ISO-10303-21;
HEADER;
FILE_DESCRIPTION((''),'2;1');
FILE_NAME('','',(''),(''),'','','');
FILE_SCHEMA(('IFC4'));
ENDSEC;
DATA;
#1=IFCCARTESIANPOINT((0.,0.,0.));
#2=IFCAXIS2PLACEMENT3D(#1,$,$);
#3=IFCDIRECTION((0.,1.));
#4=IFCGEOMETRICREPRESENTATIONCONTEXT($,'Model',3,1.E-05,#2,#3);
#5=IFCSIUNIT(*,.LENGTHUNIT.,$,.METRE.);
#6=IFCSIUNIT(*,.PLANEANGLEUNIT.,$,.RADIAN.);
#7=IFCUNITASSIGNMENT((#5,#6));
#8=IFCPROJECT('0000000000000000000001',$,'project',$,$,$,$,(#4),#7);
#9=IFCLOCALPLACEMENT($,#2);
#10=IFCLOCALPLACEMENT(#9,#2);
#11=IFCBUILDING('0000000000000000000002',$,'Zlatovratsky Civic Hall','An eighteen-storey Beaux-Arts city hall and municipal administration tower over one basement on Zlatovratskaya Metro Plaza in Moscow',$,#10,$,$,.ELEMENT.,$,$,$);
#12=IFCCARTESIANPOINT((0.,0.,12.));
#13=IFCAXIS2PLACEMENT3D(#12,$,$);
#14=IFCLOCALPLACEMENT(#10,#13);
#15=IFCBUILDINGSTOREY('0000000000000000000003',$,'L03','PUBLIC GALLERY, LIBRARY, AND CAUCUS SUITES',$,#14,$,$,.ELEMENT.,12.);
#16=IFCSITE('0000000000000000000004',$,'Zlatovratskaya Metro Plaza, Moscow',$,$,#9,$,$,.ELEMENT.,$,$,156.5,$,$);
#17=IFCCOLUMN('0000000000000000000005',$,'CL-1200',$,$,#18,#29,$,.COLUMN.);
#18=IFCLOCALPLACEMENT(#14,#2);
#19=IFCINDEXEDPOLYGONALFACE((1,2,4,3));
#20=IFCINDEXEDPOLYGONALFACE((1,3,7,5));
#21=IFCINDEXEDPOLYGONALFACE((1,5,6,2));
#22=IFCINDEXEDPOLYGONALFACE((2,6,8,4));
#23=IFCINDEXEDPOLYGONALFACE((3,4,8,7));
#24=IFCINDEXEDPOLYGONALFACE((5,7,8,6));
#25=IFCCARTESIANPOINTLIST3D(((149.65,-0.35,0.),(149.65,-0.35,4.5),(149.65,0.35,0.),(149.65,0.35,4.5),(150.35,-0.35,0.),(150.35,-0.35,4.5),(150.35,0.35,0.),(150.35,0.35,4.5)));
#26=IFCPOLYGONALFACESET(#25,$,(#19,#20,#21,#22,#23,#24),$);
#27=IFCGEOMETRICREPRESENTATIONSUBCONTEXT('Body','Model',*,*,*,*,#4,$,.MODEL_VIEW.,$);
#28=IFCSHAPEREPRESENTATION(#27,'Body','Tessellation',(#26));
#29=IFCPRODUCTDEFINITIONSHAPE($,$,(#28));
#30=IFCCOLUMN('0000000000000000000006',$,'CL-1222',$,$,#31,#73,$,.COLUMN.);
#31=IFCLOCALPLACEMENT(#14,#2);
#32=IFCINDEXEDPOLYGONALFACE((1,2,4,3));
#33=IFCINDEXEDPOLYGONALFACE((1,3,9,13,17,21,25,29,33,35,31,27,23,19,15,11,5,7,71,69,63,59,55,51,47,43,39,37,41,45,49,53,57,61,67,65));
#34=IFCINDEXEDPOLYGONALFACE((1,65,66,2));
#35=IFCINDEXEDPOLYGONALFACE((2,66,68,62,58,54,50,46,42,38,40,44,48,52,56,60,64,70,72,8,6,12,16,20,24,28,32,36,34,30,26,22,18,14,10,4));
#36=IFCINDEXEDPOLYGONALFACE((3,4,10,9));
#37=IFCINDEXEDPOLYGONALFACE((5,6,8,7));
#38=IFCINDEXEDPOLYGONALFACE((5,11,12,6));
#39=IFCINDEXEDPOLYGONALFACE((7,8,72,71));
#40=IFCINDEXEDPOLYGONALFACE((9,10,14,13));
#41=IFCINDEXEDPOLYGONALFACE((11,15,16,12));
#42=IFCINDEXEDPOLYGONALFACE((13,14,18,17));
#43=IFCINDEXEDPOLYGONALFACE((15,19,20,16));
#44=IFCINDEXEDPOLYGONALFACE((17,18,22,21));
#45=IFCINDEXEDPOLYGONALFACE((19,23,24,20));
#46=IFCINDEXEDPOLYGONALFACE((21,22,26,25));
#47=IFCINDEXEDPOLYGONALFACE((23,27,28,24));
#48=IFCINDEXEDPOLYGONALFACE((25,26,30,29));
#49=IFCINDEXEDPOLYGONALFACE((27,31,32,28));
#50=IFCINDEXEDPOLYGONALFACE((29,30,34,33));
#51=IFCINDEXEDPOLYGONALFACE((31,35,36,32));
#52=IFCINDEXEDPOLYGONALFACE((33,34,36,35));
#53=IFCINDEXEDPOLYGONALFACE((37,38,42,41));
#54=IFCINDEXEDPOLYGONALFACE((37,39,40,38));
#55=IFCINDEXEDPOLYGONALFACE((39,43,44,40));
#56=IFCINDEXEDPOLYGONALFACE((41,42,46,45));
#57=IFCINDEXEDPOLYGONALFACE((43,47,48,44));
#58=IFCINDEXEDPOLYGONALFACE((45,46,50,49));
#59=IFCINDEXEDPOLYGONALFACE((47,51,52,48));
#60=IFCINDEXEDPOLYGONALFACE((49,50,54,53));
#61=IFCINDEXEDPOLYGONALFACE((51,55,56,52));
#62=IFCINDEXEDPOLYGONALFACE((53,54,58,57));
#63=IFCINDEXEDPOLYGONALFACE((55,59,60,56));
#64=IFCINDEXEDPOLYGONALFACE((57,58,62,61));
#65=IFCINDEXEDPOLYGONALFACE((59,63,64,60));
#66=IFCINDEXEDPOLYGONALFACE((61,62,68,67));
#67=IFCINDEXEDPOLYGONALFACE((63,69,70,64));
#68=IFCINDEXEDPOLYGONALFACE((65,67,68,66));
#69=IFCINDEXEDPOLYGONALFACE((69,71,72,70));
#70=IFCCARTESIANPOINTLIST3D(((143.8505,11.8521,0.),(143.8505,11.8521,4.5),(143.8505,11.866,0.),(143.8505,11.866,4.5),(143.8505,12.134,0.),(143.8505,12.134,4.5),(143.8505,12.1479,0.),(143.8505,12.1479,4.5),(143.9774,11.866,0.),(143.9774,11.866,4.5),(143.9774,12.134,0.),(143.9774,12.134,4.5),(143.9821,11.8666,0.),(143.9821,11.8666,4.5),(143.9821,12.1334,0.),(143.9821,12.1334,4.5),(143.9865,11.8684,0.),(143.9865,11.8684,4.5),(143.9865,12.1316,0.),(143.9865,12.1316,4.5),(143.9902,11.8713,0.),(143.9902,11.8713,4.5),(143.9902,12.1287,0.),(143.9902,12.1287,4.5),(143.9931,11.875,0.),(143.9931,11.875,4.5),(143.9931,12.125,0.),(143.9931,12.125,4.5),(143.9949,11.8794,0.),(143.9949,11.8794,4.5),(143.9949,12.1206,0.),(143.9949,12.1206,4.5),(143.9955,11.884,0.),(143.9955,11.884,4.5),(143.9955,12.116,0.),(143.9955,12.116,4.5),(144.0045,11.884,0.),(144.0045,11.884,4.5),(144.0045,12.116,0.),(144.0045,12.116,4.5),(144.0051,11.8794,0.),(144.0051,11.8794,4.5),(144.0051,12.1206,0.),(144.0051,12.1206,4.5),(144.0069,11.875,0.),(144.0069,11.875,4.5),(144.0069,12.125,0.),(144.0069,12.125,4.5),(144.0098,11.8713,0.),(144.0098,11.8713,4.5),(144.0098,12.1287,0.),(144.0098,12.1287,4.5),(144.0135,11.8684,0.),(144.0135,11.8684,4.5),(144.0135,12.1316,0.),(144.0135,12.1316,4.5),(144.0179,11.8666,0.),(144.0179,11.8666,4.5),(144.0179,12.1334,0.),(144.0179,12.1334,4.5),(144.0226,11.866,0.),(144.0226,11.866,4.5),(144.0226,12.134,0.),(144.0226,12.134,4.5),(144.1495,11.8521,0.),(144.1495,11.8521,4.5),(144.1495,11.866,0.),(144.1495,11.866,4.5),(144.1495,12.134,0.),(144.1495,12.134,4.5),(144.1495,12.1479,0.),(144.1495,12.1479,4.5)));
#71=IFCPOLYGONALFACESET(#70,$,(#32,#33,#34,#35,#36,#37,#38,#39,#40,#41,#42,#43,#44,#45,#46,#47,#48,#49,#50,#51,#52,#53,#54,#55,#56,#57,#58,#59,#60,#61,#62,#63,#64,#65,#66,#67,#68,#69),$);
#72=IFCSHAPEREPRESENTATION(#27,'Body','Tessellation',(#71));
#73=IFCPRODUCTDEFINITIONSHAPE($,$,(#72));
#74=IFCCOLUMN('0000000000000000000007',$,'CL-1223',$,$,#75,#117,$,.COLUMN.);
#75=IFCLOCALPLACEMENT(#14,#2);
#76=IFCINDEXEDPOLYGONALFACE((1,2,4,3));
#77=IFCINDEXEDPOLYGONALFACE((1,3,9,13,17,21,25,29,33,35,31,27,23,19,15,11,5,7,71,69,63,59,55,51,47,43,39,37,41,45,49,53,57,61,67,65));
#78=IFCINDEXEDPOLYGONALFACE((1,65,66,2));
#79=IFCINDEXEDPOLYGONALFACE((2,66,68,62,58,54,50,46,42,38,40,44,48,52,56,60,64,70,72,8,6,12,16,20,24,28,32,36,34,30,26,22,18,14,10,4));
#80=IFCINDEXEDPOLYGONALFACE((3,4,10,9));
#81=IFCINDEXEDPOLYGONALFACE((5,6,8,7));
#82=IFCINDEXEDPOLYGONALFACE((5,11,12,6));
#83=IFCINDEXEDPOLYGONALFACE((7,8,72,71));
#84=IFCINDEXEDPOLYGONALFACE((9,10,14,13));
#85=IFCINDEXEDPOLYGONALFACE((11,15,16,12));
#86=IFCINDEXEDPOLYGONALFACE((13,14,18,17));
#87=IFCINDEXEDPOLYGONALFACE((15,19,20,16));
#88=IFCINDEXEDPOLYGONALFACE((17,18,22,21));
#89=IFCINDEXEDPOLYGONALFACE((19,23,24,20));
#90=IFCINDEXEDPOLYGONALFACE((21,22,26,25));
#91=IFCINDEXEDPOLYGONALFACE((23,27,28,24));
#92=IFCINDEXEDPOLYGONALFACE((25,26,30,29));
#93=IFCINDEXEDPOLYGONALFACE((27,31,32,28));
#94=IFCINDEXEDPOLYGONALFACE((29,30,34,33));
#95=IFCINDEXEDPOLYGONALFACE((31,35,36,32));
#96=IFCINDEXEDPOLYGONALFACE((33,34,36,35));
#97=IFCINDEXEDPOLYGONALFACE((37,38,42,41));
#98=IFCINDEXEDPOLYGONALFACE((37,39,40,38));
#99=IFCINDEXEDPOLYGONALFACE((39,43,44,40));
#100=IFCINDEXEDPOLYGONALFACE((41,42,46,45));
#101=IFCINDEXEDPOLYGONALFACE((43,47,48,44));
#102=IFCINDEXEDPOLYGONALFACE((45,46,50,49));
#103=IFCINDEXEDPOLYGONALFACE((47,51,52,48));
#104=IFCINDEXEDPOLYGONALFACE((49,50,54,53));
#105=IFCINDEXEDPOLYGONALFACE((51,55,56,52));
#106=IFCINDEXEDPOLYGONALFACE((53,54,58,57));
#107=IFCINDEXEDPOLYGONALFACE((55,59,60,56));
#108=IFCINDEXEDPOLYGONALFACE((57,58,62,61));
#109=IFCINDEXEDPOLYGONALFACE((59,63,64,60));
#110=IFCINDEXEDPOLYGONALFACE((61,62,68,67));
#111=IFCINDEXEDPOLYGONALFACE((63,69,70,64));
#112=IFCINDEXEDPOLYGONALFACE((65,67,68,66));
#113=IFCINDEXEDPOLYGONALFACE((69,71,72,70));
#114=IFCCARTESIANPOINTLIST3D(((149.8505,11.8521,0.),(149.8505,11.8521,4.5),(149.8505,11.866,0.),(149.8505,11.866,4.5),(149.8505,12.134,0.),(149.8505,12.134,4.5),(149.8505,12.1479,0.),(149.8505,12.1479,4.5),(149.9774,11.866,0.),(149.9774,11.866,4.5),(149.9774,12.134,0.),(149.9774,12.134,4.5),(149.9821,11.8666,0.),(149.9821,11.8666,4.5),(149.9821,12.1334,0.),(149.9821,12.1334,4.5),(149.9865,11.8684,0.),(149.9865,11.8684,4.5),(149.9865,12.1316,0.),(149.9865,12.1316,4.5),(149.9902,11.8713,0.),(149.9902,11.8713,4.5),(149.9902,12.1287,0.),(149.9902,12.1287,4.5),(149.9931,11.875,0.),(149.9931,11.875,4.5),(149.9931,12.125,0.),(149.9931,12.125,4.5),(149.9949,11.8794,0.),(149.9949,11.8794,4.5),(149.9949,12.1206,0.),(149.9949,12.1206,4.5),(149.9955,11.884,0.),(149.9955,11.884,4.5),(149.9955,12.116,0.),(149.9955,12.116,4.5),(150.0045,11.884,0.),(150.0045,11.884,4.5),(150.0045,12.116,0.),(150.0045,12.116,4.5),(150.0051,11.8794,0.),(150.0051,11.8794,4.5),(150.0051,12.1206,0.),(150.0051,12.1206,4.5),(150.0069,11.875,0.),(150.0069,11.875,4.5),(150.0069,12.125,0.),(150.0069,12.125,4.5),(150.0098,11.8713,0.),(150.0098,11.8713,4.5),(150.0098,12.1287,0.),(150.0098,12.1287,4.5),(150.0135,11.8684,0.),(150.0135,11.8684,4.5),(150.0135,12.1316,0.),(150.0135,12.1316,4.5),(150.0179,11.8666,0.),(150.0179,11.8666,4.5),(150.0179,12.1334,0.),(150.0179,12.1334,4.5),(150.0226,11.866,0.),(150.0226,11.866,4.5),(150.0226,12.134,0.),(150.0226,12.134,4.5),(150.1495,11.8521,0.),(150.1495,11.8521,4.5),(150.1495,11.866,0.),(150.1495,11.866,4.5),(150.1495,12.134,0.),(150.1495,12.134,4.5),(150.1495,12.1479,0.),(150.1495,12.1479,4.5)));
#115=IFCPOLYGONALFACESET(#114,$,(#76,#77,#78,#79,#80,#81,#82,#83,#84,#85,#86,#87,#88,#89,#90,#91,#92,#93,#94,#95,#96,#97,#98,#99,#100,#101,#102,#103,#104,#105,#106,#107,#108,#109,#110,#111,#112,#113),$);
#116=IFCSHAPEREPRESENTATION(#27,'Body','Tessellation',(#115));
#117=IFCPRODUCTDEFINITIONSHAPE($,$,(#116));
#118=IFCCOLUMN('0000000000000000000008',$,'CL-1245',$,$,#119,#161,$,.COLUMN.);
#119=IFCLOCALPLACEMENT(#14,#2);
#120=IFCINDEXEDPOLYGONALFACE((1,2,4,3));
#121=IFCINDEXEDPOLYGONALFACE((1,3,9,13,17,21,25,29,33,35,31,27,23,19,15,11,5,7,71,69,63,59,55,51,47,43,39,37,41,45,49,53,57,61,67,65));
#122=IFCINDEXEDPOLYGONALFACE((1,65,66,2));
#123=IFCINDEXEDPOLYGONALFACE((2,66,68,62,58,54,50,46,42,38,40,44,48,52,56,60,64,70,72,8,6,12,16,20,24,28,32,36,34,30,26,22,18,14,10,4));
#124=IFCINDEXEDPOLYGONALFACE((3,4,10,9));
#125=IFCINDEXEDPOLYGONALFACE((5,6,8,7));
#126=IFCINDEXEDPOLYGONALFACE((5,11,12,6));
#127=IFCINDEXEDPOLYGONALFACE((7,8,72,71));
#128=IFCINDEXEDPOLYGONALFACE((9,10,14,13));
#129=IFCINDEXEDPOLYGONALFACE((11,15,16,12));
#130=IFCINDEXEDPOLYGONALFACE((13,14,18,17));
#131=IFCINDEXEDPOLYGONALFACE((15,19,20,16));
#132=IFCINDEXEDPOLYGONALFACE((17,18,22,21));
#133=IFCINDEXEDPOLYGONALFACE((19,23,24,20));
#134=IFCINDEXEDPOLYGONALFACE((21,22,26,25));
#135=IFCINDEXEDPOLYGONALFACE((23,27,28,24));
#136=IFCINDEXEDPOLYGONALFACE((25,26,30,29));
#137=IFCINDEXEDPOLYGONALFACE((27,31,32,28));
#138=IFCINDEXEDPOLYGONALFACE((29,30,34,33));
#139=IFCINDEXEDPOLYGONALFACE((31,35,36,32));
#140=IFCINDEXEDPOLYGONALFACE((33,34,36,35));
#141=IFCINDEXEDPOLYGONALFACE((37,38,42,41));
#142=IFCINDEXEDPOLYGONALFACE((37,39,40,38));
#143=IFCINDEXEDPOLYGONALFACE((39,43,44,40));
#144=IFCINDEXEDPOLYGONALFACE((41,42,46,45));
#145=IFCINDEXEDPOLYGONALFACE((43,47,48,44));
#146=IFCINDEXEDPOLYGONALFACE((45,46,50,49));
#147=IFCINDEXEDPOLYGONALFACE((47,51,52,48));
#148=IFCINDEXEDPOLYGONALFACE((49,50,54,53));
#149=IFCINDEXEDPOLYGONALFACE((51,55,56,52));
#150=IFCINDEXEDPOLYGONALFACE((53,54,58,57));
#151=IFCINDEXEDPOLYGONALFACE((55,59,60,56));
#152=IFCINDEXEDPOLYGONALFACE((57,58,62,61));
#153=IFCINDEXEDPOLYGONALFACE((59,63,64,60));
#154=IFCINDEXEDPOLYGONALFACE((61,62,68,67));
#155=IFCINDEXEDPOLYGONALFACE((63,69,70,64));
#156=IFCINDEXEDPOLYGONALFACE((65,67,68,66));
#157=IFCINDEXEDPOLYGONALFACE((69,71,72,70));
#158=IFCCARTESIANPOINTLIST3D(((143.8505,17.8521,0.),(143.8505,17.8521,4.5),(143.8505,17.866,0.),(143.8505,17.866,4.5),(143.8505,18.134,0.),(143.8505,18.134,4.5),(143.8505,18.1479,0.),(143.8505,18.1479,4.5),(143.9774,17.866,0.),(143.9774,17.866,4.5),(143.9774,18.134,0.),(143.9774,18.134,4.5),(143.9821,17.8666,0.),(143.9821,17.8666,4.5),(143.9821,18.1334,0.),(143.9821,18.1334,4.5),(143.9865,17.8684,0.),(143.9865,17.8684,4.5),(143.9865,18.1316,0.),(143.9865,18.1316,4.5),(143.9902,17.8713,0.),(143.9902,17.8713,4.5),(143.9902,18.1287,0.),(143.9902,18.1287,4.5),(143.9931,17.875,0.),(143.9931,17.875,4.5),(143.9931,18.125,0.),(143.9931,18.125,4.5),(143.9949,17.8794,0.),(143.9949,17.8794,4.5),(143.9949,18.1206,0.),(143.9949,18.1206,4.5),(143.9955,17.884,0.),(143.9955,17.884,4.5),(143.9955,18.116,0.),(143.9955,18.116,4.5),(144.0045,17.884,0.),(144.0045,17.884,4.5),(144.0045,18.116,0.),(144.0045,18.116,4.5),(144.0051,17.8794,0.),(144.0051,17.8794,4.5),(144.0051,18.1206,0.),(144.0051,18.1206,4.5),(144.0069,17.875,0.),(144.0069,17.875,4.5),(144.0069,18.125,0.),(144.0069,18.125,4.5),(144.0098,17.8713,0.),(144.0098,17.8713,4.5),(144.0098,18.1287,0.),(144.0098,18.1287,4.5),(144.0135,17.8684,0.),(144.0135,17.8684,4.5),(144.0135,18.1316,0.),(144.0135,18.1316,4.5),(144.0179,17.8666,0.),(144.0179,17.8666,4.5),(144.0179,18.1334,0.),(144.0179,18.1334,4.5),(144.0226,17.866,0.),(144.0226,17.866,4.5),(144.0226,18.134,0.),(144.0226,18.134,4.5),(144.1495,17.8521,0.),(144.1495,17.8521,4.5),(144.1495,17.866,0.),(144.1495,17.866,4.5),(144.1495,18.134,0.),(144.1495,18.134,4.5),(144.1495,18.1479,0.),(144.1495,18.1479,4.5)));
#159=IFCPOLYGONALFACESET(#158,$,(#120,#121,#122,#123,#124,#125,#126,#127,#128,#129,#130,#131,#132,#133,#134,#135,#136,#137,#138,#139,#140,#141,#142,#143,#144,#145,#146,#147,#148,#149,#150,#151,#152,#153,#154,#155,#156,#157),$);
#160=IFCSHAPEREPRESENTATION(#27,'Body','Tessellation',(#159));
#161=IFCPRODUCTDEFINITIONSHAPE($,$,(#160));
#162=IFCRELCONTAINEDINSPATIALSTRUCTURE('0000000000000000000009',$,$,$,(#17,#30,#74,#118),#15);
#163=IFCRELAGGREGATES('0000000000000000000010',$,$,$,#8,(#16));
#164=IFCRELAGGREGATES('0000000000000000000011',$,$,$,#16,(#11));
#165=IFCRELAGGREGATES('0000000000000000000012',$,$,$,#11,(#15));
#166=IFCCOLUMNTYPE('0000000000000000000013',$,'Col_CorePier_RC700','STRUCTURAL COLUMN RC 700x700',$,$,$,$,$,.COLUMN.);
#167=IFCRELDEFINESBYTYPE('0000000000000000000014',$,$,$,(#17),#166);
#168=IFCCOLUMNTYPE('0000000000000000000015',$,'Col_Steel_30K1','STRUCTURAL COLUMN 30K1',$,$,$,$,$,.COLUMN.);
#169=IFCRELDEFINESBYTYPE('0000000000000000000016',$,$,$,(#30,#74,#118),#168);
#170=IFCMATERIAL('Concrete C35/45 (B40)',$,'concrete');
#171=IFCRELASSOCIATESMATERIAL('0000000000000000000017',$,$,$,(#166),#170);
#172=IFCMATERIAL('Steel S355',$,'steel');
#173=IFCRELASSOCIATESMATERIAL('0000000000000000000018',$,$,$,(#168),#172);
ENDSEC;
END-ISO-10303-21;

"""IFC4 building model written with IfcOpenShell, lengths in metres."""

from ifc_helpers import new_model, si_unit, direction, frame, origin, origin_2d, place, context, subcontext, project, spatial, rectangle, i_section, extrude, material, material_profile, profile_set, type_object, element, save


model = new_model("IFC4")

# Units and contexts
model_context = context("Model", 3, precision=1e-05, world=origin(), true_north=direction((0.0, 1.0)))
body_context = subcontext(model_context, "Body", "Model", "MODEL_VIEW")
ifc_project = project(units=[si_unit("LENGTHUNIT", "METRE"), si_unit("PLANEANGLEUNIT", "RADIAN")], contexts=[model_context])

# Site, building, storey
site_placement = place(None, origin())
site = spatial("IfcSite", under=ifc_project, at=site_placement, Name="Zlatovratskaya Metro Plaza, Moscow", CompositionType="ELEMENT", RefElevation=156.5)
building_placement = place(site_placement, origin())
building = spatial("IfcBuilding", under=site, at=building_placement, Name="Zlatovratsky Civic Hall", Description="An eighteen-storey Beaux-Arts city hall and municipal administration tower over one basement on Zlatovratskaya Metro Plaza in Moscow", CompositionType="ELEMENT")
storey_placement = place(building_placement, frame((0.0, 0.0, 12.0)))
storey = spatial("IfcBuildingStorey", under=building, at=storey_placement, Name="L03", Description="PUBLIC GALLERY, LIBRARY, AND CAUCUS SUITES", CompositionType="ELEMENT", Elevation=12.0)

# Columns
ifc_material_1 = material(Name="Concrete C35/45 (B40)", Category="concrete")
ifc_material_profile_1 = material_profile(ifc_material_1, rectangle(XDim=0.7, YDim=0.7, at=origin_2d()), Name="RC 700x700")
ifc_profile_set_1 = profile_set([ifc_material_profile_1], Name="Concrete C35/45 (B40)")
column_type_1 = type_object("IfcColumnType", Name="Col_CorePier_RC700", Description="STRUCTURAL COLUMN RC 700x700", PredefinedType="COLUMN", material=ifc_profile_set_1)
column_placement = place(storey_placement, frame((150.0, 0.0, 0.0), z_axis=(0.0, 0.0, 1.0), x_axis=(1.0, 0.0, 0.0)))
element("IfcColumn", 1, at=column_placement, inside=storey, type_object=column_type_1, Name="CL-1200", PredefinedType="COLUMN", context=body_context, shape_type="SweptSolid", body=[
    extrude(rectangle(XDim=0.7, YDim=0.7, at=origin_2d()), origin(), (0.0, 0.0, 1.0), 4.5),
])
ifc_material_2 = material(Name="Steel S355", Category="steel")
ifc_material_profile_2 = material_profile(ifc_material_2, i_section(OverallWidth=0.2991, OverallDepth=0.2959, WebThickness=0.009, FlangeThickness=0.0139, FilletRadius=0.0181, at=origin_2d()), Name="30K1")
ifc_profile_set_2 = profile_set([ifc_material_profile_2], Name="Steel S355")
column_type_2 = type_object("IfcColumnType", Name="Col_Steel_30K1", Description="STRUCTURAL COLUMN 30K1", PredefinedType="COLUMN", material=ifc_profile_set_2)
for number, where, z_axis, x_axis, name in (
    (2, (144.0, 12.0, 0.0), (0.0, 0.0, 1.0), (1.0, 0.0, 0.0), "CL-1222"),
    (3, (150.0, 12.0, 0.0), (0.0, 0.0, 1.0), (1.0, 0.0, 0.0), "CL-1223"),
    (4, (144.0, 18.0, 0.0), (0.0, 0.0, 1.0), (1.0, 0.0, 0.0), "CL-1245"),
):
    element("IfcColumn", number, at=place(storey_placement, frame(where, z_axis=z_axis, x_axis=x_axis)), inside=storey, type_object=column_type_2, Name=name, PredefinedType="COLUMN", context=body_context, shape_type="SweptSolid", body=[
        extrude(i_section(OverallWidth=0.2991, OverallDepth=0.2959, WebThickness=0.009, FlangeThickness=0.0139, FilletRadius=0.0181, at=origin_2d()), origin(), (0.0, 0.0, 1.0), 4.5),
    ])

save(model, "model.ifc")
